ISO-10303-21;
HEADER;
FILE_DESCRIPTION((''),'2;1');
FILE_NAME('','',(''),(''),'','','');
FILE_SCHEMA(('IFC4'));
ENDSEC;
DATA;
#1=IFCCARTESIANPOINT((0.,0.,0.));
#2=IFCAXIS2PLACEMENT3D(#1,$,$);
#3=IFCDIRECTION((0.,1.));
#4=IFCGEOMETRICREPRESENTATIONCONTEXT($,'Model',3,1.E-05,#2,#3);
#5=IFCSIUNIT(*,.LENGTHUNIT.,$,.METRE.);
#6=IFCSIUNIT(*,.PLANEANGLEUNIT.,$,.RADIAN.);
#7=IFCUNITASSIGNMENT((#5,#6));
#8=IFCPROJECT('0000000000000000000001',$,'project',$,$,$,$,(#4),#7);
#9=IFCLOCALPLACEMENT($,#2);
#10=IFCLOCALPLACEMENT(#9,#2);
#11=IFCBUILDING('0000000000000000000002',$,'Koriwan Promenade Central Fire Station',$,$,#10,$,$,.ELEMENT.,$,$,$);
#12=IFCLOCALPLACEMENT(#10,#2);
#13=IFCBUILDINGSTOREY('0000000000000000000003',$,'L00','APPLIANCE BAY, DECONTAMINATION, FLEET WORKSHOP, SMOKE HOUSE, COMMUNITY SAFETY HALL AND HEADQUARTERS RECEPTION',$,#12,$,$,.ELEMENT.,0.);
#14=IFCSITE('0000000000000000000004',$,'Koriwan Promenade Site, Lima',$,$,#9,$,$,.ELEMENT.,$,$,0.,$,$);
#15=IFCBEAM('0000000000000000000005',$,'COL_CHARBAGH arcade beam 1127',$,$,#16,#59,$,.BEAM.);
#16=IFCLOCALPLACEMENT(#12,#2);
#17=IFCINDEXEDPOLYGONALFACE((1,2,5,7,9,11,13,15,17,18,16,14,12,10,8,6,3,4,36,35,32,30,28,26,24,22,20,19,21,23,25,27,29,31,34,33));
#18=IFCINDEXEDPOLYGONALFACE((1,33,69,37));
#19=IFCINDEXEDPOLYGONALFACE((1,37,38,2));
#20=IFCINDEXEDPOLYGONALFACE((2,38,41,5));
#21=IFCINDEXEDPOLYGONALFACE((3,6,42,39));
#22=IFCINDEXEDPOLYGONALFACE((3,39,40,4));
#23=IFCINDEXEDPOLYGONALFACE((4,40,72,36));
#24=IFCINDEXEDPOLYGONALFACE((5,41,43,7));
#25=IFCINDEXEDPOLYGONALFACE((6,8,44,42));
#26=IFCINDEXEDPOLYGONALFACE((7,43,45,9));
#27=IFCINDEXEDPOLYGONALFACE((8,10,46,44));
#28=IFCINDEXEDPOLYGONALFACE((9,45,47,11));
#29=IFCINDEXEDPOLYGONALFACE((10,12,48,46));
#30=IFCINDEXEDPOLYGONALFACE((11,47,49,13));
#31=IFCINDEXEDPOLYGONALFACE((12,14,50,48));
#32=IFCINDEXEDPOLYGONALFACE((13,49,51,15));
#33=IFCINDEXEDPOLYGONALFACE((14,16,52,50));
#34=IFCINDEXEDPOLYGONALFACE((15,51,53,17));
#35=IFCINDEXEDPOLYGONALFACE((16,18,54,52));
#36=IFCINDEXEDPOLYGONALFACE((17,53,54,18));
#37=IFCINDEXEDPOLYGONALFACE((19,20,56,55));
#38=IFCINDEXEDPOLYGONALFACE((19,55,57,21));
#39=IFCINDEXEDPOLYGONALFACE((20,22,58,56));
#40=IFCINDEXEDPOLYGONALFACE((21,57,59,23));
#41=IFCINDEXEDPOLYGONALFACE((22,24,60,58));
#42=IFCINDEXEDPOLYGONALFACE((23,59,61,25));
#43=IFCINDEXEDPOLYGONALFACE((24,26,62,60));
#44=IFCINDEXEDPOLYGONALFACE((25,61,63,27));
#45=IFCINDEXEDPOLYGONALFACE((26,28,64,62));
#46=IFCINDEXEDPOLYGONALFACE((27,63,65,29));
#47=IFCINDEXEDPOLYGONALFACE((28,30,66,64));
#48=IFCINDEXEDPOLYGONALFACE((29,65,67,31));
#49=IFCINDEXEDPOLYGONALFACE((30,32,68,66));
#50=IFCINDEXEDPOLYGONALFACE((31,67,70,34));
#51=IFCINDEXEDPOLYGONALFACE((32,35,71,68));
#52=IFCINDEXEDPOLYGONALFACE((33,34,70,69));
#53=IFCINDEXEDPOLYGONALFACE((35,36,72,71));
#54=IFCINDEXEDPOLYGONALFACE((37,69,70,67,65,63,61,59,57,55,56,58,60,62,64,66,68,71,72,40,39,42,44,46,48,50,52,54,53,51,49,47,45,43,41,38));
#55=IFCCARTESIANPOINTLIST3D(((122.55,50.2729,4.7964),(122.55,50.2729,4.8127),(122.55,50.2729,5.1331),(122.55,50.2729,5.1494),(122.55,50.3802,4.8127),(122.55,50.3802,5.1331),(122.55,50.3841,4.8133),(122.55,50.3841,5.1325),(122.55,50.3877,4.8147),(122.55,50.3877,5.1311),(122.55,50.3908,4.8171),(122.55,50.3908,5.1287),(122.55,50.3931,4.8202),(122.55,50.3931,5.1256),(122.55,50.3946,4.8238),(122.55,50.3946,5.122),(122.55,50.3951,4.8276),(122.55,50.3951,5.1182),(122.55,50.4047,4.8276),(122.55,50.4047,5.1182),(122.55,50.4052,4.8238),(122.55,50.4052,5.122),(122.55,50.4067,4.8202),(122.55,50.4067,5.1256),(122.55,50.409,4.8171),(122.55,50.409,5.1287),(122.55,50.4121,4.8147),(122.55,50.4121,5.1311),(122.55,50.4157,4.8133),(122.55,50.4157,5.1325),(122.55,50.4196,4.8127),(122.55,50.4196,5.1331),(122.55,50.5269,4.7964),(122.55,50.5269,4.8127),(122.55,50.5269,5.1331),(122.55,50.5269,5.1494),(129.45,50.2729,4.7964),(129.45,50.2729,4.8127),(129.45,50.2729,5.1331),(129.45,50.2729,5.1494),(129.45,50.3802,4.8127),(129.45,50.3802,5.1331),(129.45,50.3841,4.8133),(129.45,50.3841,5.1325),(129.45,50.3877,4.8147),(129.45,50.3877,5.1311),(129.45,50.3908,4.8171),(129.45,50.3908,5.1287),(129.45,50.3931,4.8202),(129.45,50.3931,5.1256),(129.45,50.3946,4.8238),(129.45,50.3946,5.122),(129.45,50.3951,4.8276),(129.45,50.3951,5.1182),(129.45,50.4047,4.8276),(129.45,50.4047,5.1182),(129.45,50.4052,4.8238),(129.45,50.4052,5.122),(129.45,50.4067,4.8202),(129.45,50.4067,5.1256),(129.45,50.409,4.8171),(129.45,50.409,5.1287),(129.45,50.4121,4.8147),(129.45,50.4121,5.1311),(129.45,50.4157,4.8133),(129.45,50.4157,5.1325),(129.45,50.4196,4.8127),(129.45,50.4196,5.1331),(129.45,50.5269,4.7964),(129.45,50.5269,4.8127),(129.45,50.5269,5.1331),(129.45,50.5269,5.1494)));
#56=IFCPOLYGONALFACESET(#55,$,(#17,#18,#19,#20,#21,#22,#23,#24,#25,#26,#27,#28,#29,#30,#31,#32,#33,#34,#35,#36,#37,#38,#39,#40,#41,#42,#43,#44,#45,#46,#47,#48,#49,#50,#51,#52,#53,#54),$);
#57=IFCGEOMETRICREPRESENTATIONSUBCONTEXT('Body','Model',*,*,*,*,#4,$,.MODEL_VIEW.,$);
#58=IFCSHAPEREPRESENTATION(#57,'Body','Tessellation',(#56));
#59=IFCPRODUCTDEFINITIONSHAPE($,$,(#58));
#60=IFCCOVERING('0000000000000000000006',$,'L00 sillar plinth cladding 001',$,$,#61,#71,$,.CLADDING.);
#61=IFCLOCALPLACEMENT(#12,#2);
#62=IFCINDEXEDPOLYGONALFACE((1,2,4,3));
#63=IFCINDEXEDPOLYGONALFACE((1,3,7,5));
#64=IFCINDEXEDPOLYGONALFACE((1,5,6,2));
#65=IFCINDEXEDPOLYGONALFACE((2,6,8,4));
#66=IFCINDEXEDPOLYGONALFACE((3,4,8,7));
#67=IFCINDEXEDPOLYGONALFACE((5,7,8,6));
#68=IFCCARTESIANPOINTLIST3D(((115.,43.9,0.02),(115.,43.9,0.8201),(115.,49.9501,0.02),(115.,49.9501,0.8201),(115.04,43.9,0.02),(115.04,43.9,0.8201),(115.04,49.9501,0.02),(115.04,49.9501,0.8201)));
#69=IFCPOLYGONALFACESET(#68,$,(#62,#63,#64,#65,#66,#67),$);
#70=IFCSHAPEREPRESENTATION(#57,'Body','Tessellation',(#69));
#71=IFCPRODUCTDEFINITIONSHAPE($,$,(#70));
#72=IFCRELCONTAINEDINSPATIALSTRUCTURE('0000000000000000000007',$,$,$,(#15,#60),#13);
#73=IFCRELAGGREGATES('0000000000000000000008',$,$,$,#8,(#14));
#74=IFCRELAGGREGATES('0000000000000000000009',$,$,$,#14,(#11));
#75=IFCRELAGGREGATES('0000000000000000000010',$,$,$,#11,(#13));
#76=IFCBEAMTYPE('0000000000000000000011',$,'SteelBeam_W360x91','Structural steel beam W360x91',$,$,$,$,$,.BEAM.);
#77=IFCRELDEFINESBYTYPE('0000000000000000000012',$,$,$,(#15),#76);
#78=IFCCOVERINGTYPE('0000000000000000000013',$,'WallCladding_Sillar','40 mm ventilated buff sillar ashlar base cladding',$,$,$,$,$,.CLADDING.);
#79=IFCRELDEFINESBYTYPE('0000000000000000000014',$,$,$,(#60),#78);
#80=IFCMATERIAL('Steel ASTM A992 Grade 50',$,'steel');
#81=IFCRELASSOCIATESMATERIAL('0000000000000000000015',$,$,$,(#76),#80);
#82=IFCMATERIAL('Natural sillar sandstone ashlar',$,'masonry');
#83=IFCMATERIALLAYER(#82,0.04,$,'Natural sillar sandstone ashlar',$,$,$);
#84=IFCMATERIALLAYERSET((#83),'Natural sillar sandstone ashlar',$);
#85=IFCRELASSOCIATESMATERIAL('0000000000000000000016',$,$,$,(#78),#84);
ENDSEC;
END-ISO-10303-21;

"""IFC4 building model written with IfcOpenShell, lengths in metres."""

from ifc_helpers import new_model, si_unit, direction, frame, origin, origin_2d, place, context, subcontext, project, spatial, rectangle, i_section, extrude, material, layer, layer_set, material_profile, profile_set, type_object, element, save


model = new_model("IFC4")

# Units and contexts
model_context = context("Model", 3, precision=1e-05, world=origin(), true_north=direction((0.0, 1.0)))
body_context = subcontext(model_context, "Body", "Model", "MODEL_VIEW")
ifc_project = project(units=[si_unit("LENGTHUNIT", "METRE"), si_unit("PLANEANGLEUNIT", "RADIAN")], contexts=[model_context])

# Site, building, storey
site_placement = place(None, origin())
site = spatial("IfcSite", under=ifc_project, at=site_placement, Name="Koriwan Promenade Site, Lima", CompositionType="ELEMENT", RefElevation=0.0)
building_placement = place(site_placement, origin())
building = spatial("IfcBuilding", under=site, at=building_placement, Name="Koriwan Promenade Central Fire Station", CompositionType="ELEMENT")
storey_placement = place(building_placement, origin())
storey = spatial("IfcBuildingStorey", under=building, at=storey_placement, Name="L00", Description="APPLIANCE BAY, DECONTAMINATION, FLEET WORKSHOP, SMOKE HOUSE, COMMUNITY SAFETY HALL AND HEADQUARTERS RECEPTION", CompositionType="ELEMENT", Elevation=0.0)

# Beam
ifc_material_1 = material(Name="Steel ASTM A992 Grade 50", Category="steel")
ifc_material_profile_1 = material_profile(ifc_material_1, i_section(OverallWidth=0.2539, OverallDepth=0.353, WebThickness=0.0095, FlangeThickness=0.0164, FilletRadius=0.0149, at=origin_2d()), Name="W360x91")
ifc_profile_set_1 = profile_set([ifc_material_profile_1], Name="Steel ASTM A992 Grade 50")
beam_type_1 = type_object("IfcBeamType", Name="SteelBeam_W360x91", Description="Structural steel beam W360x91", PredefinedType="BEAM", material=ifc_profile_set_1)
beam_1_placement = place(storey_placement, frame((122.55, 50.3999, 4.9729), z_axis=(1.0, 0.0, 0.0), x_axis=(0.0, 1.0, 0.0)))
element("IfcBeam", 1, at=beam_1_placement, inside=storey, type_object=beam_type_1, Name="COL_CHARBAGH arcade beam 1127", PredefinedType="BEAM", context=body_context, shape_type="SweptSolid", body=[
    extrude(i_section(OverallWidth=0.2539, OverallDepth=0.353, WebThickness=0.0095, FlangeThickness=0.0164, FilletRadius=0.0149, at=origin_2d()), origin(), (0.0, 0.0, 1.0), 6.8999),
])

# Covering
ifc_material_2 = material(Name="Natural sillar sandstone ashlar", Category="masonry")
ifc_layer_1 = layer(ifc_material_2, 0.04, Name="Natural sillar sandstone ashlar")
ifc_layer_set_1 = layer_set([ifc_layer_1], Name="Natural sillar sandstone ashlar")
covering_type = type_object("IfcCoveringType", Name="WallCladding_Sillar", Description="40 mm ventilated buff sillar ashlar base cladding", PredefinedType="CLADDING", material=ifc_layer_set_1)
covering_placement = place(storey_placement, frame((115.02, 46.925, 0.02), z_axis=(0.0, 0.0, 1.0), x_axis=(0.0, 1.0, 0.0)))
element("IfcCovering", 2, at=covering_placement, inside=storey, type_object=covering_type, Name="L00 sillar plinth cladding 001", PredefinedType="CLADDING", context=body_context, shape_type="SweptSolid", body=[
    extrude(rectangle(XDim=6.05, YDim=0.04, at=origin_2d()), origin(), (0.0, 0.0, 1.0), 0.8),
])

save(model, "model.ifc")
